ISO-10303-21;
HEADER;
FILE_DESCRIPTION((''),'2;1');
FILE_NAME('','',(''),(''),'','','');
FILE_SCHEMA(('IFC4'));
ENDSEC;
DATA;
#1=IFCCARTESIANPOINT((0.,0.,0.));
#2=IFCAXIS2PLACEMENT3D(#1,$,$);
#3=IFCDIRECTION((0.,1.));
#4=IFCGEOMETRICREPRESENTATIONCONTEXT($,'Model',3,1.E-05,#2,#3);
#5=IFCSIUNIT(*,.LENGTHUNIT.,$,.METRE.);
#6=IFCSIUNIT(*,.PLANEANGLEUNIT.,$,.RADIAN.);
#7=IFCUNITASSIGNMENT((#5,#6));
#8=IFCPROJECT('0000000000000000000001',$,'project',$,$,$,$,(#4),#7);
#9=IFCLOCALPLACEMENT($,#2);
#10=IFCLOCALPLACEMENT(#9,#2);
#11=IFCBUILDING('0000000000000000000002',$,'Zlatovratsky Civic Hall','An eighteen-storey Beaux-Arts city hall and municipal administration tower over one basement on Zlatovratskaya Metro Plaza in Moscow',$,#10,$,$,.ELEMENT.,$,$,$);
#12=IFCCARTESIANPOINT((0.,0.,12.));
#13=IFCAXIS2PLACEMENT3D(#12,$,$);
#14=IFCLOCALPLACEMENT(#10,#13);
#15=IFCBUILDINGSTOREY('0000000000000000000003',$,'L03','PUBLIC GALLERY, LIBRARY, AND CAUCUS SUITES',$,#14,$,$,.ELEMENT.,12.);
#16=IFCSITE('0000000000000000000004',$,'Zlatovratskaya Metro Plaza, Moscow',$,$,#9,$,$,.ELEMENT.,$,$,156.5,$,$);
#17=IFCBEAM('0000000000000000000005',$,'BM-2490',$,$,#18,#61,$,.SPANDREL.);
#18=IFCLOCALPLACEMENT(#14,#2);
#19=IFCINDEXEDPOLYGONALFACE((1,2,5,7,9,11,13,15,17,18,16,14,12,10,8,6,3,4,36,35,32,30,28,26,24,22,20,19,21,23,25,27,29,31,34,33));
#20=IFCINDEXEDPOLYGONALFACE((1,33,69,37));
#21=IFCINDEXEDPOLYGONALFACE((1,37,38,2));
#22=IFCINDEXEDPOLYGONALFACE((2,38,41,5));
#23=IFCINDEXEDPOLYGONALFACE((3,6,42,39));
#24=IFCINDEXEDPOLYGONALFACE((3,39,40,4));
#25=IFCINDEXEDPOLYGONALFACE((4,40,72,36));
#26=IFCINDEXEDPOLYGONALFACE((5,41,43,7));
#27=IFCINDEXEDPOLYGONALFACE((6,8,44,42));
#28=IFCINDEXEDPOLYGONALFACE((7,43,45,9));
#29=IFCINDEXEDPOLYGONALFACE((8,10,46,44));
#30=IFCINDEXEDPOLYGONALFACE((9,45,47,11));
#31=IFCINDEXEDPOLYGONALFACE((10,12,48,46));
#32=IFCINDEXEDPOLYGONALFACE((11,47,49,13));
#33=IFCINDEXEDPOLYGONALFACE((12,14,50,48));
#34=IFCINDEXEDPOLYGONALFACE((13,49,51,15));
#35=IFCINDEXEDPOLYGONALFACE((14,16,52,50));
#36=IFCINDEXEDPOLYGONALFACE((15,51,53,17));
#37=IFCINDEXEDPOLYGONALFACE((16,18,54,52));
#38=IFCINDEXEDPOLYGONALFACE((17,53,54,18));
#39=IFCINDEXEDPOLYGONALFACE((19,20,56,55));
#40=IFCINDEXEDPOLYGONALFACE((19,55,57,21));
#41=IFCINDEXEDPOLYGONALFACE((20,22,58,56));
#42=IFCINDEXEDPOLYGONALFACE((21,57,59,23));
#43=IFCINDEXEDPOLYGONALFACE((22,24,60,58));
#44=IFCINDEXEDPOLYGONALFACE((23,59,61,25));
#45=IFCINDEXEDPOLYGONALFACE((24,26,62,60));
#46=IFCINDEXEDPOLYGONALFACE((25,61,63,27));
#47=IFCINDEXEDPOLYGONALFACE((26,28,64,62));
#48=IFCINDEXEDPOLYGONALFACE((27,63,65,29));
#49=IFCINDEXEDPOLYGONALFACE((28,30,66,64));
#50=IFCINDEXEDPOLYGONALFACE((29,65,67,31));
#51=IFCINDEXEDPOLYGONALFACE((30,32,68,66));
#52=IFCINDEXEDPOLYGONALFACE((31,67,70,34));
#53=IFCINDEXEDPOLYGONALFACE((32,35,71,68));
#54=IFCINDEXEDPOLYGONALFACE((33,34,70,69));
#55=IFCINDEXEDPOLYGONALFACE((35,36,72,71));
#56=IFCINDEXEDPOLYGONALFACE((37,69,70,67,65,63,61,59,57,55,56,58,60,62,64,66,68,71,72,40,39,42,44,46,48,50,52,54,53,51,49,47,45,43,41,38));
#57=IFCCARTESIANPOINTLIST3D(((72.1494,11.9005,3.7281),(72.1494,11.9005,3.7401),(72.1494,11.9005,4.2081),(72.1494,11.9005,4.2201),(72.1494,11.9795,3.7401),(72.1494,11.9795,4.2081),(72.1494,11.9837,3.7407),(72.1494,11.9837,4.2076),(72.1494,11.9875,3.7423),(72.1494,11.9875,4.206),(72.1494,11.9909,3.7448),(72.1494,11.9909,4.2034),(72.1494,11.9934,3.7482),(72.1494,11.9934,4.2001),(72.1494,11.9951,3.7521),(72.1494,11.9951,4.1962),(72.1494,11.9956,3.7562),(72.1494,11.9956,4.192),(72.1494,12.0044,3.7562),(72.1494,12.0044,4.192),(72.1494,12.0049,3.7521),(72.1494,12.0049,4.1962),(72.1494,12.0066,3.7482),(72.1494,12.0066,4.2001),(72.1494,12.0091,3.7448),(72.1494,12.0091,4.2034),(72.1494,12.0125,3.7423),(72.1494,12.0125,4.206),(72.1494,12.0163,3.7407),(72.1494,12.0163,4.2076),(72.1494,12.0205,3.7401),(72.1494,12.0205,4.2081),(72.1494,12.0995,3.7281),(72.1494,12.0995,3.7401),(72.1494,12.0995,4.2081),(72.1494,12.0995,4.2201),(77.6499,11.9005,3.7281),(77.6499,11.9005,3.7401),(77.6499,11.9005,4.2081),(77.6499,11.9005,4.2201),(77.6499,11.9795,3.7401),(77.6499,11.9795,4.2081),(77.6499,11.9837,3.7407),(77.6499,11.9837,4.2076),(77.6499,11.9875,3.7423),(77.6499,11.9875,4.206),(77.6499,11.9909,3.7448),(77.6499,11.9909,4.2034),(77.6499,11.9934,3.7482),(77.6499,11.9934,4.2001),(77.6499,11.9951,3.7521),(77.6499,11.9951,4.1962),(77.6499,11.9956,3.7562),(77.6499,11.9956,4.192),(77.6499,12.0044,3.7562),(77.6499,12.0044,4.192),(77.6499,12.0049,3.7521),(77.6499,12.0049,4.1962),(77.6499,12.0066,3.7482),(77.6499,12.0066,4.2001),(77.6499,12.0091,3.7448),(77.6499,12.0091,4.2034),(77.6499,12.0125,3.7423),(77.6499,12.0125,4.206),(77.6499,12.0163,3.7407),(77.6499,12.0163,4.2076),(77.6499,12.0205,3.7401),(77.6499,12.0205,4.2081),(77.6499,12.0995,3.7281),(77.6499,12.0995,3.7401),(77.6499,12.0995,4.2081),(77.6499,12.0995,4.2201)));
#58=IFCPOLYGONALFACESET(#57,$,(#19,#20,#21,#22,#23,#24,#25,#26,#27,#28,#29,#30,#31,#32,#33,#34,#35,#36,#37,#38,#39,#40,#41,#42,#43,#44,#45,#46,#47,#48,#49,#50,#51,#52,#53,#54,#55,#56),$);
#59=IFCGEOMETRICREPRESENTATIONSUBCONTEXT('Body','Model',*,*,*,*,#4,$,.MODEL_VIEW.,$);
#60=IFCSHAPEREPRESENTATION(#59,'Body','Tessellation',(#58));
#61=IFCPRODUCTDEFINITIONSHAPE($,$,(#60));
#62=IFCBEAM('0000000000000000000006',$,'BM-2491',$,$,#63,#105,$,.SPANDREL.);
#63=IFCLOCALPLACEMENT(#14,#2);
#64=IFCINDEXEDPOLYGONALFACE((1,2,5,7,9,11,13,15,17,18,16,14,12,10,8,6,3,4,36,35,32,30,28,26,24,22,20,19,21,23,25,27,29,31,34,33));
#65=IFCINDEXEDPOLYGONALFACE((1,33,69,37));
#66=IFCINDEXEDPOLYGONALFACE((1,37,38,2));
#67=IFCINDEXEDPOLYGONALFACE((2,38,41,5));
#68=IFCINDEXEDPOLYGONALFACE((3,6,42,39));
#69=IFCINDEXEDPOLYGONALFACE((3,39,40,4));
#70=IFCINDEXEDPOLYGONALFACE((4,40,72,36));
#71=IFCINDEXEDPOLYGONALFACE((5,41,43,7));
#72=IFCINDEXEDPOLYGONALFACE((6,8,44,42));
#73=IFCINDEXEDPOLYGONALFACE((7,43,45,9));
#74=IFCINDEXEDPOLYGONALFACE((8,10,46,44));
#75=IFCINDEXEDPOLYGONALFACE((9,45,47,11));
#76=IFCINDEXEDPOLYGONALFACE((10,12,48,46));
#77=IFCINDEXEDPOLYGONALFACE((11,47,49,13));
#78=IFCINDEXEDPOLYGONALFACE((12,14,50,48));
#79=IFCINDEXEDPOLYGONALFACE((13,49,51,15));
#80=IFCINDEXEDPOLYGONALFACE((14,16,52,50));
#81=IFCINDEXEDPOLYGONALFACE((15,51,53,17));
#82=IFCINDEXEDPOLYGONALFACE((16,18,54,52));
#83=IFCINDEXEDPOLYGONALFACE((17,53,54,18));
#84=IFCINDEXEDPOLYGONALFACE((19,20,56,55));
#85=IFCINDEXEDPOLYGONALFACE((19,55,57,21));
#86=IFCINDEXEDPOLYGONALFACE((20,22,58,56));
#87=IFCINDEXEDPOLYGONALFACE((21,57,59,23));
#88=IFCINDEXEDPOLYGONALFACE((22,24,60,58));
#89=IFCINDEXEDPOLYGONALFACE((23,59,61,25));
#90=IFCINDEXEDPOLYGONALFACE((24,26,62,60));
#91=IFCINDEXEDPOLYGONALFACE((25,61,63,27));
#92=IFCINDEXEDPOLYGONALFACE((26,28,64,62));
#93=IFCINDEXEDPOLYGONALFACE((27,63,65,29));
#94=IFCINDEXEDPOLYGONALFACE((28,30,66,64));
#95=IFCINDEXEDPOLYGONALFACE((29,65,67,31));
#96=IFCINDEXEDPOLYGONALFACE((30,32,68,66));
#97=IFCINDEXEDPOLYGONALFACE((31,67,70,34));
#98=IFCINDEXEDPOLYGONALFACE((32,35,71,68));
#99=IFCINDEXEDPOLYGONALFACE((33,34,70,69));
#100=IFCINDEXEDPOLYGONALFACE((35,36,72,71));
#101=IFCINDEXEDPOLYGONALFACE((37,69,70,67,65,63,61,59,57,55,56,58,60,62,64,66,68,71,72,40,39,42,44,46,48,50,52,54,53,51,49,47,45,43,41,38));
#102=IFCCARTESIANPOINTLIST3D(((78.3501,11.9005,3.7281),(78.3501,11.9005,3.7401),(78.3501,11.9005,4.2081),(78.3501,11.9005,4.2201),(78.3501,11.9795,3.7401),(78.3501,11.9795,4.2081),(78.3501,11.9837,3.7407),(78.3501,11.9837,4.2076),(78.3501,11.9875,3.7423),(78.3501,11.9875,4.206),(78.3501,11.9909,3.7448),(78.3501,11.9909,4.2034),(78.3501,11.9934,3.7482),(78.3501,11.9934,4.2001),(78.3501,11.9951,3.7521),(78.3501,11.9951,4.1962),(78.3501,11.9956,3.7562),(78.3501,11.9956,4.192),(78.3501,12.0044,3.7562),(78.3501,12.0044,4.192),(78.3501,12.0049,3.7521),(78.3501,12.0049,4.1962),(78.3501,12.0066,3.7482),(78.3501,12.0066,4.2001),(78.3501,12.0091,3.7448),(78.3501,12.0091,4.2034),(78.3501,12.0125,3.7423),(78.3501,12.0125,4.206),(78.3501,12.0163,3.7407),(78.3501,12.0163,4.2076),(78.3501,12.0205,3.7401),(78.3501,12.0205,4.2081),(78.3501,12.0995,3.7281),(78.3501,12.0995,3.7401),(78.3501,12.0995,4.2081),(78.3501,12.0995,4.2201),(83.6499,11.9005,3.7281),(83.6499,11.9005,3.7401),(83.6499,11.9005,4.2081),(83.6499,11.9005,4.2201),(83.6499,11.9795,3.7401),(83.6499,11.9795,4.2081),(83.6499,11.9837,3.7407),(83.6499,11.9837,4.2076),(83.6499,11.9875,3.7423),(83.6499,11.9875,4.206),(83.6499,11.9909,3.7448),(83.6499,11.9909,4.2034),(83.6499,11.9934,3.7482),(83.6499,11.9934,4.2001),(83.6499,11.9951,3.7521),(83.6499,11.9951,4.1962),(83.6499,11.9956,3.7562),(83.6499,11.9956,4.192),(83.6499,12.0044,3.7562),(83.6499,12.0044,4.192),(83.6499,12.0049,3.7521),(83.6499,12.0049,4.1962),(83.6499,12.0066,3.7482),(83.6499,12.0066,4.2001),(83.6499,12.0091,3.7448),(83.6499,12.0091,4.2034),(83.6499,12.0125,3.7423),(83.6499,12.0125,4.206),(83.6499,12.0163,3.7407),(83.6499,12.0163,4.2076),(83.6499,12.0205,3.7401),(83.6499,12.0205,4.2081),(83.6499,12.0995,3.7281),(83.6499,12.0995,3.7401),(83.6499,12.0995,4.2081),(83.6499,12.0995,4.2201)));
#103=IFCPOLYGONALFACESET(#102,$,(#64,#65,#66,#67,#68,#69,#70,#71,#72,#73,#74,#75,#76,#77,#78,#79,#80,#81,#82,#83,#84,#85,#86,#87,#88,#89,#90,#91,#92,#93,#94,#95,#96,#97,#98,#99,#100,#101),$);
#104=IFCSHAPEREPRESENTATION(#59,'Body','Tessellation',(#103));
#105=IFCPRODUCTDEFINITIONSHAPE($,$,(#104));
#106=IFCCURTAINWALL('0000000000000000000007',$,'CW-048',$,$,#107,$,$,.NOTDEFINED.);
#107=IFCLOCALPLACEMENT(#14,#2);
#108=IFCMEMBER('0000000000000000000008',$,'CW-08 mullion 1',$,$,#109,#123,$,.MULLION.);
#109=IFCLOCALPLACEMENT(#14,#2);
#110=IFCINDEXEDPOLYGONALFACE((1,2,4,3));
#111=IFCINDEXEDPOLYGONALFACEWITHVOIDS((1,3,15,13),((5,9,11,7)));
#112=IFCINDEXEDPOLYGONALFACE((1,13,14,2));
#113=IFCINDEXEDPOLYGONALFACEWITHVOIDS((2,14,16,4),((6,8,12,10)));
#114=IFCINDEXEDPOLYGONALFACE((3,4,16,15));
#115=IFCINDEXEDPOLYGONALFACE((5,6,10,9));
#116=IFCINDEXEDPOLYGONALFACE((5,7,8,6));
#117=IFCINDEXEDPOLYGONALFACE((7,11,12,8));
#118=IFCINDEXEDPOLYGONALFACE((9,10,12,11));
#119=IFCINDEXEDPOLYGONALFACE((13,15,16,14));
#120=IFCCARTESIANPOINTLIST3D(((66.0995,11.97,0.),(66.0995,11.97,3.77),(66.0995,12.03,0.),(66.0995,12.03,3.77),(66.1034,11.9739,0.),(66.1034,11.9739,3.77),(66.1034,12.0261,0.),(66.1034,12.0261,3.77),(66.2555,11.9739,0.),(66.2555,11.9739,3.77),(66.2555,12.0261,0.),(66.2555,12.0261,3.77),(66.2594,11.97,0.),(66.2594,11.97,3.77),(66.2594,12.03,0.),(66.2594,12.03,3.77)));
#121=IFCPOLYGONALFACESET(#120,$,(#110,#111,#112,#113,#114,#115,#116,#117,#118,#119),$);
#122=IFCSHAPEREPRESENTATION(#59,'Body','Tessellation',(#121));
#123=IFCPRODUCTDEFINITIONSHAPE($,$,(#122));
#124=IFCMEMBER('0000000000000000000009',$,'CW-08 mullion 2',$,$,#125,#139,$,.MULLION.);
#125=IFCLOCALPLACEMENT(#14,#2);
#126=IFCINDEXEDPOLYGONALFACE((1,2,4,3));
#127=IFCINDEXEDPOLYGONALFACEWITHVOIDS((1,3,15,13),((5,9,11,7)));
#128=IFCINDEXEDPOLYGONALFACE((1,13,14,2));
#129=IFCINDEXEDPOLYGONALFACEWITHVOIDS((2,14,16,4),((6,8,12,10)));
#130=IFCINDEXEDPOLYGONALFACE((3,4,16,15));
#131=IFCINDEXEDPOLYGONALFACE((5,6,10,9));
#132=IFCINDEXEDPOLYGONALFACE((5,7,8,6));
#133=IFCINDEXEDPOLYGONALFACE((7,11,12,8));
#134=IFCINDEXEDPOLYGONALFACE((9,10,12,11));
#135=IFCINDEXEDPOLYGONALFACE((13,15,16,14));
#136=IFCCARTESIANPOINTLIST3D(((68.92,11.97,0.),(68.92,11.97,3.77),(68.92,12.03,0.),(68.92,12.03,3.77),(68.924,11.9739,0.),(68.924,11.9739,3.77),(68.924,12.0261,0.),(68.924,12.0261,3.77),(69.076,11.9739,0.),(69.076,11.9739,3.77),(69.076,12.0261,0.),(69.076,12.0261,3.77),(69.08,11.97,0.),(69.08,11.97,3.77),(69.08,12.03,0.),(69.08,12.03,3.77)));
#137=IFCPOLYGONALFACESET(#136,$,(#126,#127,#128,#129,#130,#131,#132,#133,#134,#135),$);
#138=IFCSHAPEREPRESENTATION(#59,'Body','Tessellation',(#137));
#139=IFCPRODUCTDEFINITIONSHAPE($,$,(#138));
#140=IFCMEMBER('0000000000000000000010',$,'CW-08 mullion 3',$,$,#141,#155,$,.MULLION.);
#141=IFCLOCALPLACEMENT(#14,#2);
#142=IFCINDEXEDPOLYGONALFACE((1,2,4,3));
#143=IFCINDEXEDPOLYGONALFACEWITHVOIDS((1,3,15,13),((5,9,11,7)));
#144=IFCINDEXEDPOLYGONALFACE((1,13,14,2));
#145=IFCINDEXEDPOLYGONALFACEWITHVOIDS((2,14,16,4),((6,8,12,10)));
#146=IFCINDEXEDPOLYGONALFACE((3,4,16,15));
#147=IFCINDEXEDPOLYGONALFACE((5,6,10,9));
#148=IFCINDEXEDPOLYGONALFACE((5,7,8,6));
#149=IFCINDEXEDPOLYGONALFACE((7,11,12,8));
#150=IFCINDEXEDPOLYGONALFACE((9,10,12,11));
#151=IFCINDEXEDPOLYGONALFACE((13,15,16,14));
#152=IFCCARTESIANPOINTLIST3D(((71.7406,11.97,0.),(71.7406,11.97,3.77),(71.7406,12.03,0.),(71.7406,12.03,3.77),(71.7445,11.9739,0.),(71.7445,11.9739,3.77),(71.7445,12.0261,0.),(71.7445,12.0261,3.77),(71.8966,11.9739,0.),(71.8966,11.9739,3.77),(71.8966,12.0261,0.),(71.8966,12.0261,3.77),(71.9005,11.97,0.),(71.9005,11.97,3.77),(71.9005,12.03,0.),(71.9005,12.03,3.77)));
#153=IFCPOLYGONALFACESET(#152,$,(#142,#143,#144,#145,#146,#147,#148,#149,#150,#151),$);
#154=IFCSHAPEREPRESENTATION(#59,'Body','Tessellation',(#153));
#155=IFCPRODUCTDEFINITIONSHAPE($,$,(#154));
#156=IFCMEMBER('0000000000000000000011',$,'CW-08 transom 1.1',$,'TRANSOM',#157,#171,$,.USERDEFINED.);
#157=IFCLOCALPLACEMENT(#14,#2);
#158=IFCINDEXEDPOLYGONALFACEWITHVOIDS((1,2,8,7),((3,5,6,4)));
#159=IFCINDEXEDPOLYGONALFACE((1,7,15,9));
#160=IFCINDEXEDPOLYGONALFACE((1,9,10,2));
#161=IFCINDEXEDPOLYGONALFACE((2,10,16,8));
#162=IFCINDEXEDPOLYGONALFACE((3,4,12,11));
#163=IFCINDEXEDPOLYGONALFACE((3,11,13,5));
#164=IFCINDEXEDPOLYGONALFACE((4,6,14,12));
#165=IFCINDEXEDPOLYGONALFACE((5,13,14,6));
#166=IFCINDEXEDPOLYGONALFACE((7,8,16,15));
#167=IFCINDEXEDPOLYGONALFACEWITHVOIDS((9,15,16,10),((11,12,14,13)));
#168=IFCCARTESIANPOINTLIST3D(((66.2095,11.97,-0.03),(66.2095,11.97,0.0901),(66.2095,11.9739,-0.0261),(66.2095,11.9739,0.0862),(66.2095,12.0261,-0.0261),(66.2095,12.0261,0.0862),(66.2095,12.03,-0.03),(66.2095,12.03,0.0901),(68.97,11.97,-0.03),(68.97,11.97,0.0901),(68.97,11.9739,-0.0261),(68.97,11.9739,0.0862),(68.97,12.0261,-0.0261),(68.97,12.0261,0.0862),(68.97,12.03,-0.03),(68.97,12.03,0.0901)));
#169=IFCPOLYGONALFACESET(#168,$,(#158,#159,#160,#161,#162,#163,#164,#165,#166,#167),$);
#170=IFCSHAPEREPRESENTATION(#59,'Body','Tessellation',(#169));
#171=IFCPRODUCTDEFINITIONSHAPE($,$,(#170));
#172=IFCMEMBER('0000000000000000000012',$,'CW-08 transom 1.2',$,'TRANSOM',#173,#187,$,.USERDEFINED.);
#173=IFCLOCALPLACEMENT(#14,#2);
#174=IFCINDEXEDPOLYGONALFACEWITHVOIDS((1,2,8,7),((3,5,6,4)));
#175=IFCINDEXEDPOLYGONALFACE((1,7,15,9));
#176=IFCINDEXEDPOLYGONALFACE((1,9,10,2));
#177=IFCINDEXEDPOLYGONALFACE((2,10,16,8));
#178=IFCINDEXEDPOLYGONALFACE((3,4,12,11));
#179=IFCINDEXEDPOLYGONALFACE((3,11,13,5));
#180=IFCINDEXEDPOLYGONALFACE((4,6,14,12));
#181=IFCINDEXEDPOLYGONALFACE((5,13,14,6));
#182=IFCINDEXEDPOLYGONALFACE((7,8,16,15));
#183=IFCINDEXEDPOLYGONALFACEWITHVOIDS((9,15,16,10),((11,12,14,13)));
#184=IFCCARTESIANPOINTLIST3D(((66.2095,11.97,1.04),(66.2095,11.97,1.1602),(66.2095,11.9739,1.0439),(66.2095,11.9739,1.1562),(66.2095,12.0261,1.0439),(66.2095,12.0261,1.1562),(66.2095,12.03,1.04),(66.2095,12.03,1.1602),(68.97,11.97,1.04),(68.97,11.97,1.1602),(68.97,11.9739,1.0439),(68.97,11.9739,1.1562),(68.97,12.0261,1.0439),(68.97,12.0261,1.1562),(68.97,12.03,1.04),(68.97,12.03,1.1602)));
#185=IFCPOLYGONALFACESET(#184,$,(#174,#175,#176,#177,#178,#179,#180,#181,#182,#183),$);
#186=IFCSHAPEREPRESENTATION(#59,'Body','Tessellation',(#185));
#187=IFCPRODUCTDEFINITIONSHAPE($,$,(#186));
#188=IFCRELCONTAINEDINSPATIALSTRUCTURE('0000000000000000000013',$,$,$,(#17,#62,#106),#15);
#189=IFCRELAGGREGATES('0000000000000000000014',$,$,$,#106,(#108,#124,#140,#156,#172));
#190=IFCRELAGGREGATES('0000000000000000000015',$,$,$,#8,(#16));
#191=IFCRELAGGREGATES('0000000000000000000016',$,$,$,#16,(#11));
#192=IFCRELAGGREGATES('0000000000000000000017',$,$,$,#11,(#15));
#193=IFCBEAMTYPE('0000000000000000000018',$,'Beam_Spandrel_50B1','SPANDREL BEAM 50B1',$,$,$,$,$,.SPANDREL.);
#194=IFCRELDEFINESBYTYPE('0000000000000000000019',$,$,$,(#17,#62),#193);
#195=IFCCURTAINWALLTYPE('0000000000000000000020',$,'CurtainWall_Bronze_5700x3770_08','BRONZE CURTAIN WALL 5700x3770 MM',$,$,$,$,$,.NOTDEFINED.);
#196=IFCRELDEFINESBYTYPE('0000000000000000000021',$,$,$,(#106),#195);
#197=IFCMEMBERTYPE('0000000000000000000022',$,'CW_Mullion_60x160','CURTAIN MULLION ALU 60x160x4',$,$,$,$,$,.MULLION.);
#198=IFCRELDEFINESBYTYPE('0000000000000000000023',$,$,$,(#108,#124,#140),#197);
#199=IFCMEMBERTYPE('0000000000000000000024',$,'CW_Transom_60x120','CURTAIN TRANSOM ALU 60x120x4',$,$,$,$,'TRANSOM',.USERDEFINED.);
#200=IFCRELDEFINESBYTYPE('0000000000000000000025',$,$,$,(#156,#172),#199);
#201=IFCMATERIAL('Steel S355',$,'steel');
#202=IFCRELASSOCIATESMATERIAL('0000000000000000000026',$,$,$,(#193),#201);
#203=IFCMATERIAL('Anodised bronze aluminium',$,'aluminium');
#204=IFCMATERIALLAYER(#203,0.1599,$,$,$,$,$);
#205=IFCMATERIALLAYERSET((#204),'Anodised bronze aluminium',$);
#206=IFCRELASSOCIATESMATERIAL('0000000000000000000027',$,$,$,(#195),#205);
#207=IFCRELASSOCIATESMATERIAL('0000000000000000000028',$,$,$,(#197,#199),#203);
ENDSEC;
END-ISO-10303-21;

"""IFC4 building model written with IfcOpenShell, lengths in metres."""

from ifc_helpers import new_model, si_unit, direction, frame, origin, origin_2d, place, context, subcontext, project, spatial, hollow_rectangle, i_section, extrude, material, layer, layer_set, material_profile, profile_set, type_object, element, aggregate, save


model = new_model("IFC4")

# Units and contexts
model_context = context("Model", 3, precision=1e-05, world=origin(), true_north=direction((0.0, 1.0)))
body_context = subcontext(model_context, "Body", "Model", "MODEL_VIEW")
ifc_project = project(units=[si_unit("LENGTHUNIT", "METRE"), si_unit("PLANEANGLEUNIT", "RADIAN")], contexts=[model_context])

# Site, building, storey
site_placement = place(None, origin())
site = spatial("IfcSite", under=ifc_project, at=site_placement, Name="Zlatovratskaya Metro Plaza, Moscow", CompositionType="ELEMENT", RefElevation=156.5)
building_placement = place(site_placement, origin())
building = spatial("IfcBuilding", under=site, at=building_placement, Name="Zlatovratsky Civic Hall", Description="An eighteen-storey Beaux-Arts city hall and municipal administration tower over one basement on Zlatovratskaya Metro Plaza in Moscow", CompositionType="ELEMENT")
storey_placement = place(building_placement, frame((0.0, 0.0, 12.0)))
storey = spatial("IfcBuildingStorey", under=building, at=storey_placement, Name="L03", Description="PUBLIC GALLERY, LIBRARY, AND CAUCUS SUITES", CompositionType="ELEMENT", Elevation=12.0)

# Shared definitions
ifc_material_1 = material(Name="Steel S355", Category="steel")

# Beams
ifc_material_profile_1 = material_profile(ifc_material_1, i_section(OverallWidth=0.199, OverallDepth=0.4919, WebThickness=0.0088, FlangeThickness=0.012, FilletRadius=0.0161, at=origin_2d()), Name="50B1")
ifc_profile_set_1 = profile_set([ifc_material_profile_1], Name="Steel S355")
beam_type_1 = type_object("IfcBeamType", Name="Beam_Spandrel_50B1", Description="SPANDREL BEAM 50B1", PredefinedType="SPANDREL", material=ifc_profile_set_1)
beam_1_placement = place(storey_placement, frame((72.1494, 12.0, 3.9741), z_axis=(1.0, 0.0, 0.0), x_axis=(0.0, 1.0, 0.0)))
element("IfcBeam", 1, at=beam_1_placement, inside=storey, type_object=beam_type_1, Name="BM-2490", PredefinedType="SPANDREL", context=body_context, shape_type="SweptSolid", body=[
    extrude(i_section(OverallWidth=0.199, OverallDepth=0.4919, WebThickness=0.0088, FlangeThickness=0.012, FilletRadius=0.0161, at=origin_2d()), origin(), (0.0, 0.0, 1.0), 5.5005),
])
beam_2_placement = place(storey_placement, frame((78.3501, 12.0, 3.9741), z_axis=(1.0, 0.0, 0.0), x_axis=(0.0, 1.0, 0.0)))
element("IfcBeam", 2, at=beam_2_placement, inside=storey, type_object=beam_type_1, Name="BM-2491", PredefinedType="SPANDREL", context=body_context, shape_type="SweptSolid", body=[
    extrude(i_section(OverallWidth=0.199, OverallDepth=0.4919, WebThickness=0.0088, FlangeThickness=0.012, FilletRadius=0.0161, at=origin_2d()), origin(), (0.0, 0.0, 1.0), 5.2998),
])

# Curtain wall, members
ifc_material_2 = material(Name="Anodised bronze aluminium", Category="aluminium")
ifc_layer_1 = layer(ifc_material_2, 0.1599)
ifc_layer_set_1 = layer_set([ifc_layer_1], Name="Anodised bronze aluminium")
curtain_wall_type = type_object("IfcCurtainWallType", Name="CurtainWall_Bronze_5700x3770_08", Description="BRONZE CURTAIN WALL 5700x3770 MM", PredefinedType="NOTDEFINED", material=ifc_layer_set_1)
curtain_wall_placement = place(storey_placement, origin())
curtain_wall = element("IfcCurtainWall", 3, at=curtain_wall_placement, inside=storey, type_object=curtain_wall_type, Name="CW-048", PredefinedType="NOTDEFINED")
ifc_material_profile_2 = material_profile(ifc_material_2, hollow_rectangle(XDim=0.0601, YDim=0.1599, WallThickness=0.0039, at=origin_2d()), Name="ALU 60x160x4")
ifc_profile_set_2 = profile_set([ifc_material_profile_2], Name="Anodised bronze aluminium")
member_type_1 = type_object("IfcMemberType", Name="CW_Mullion_60x160", Description="CURTAIN MULLION ALU 60x160x4", PredefinedType="MULLION", material=ifc_profile_set_2)
member_1_placement = place(storey_placement, frame((66.1794, 12.0, 0.0), z_axis=(0.0, 0.0, 1.0), x_axis=(0.0, 1.0, 0.0)))
member_1 = element("IfcMember", 4, at=member_1_placement, type_object=member_type_1, Name="CW-08 mullion 1", PredefinedType="MULLION", context=body_context, shape_type="SweptSolid", body=[
    extrude(hollow_rectangle(XDim=0.0601, YDim=0.1599, WallThickness=0.0039, at=origin_2d()), origin(), (0.0, 0.0, 1.0), 3.77),
])
member_2_placement = place(storey_placement, frame((69.0, 12.0, 0.0), z_axis=(0.0, 0.0, 1.0), x_axis=(0.0, 1.0, 0.0)))
member_2 = element("IfcMember", 5, at=member_2_placement, type_object=member_type_1, Name="CW-08 mullion 2", PredefinedType="MULLION", context=body_context, shape_type="SweptSolid", body=[
    extrude(hollow_rectangle(XDim=0.0601, YDim=0.1599, WallThickness=0.0039, at=origin_2d()), origin(), (0.0, 0.0, 1.0), 3.77),
])
member_3_placement = place(storey_placement, frame((71.8206, 12.0, 0.0), z_axis=(0.0, 0.0, 1.0), x_axis=(0.0, 1.0, 0.0)))
member_3 = element("IfcMember", 6, at=member_3_placement, type_object=member_type_1, Name="CW-08 mullion 3", PredefinedType="MULLION", context=body_context, shape_type="SweptSolid", body=[
    extrude(hollow_rectangle(XDim=0.0601, YDim=0.1599, WallThickness=0.0039, at=origin_2d()), origin(), (0.0, 0.0, 1.0), 3.77),
])
ifc_material_profile_3 = material_profile(ifc_material_2, hollow_rectangle(XDim=0.0601, YDim=0.1201, WallThickness=0.0039, at=origin_2d()), Name="ALU 60x120x4")
ifc_profile_set_3 = profile_set([ifc_material_profile_3], Name="Anodised bronze aluminium")
member_type_2 = type_object("IfcMemberType", Name="CW_Transom_60x120", Description="CURTAIN TRANSOM ALU 60x120x4", ElementType="TRANSOM", PredefinedType="USERDEFINED", material=ifc_profile_set_3)
member_4_placement = place(storey_placement, frame((66.2095, 12.0, 0.03), z_axis=(1.0, 0.0, 0.0), x_axis=(0.0, 1.0, 0.0)))
member_4 = element("IfcMember", 7, at=member_4_placement, type_object=member_type_2, Name="CW-08 transom 1.1", ObjectType="TRANSOM", PredefinedType="USERDEFINED", context=body_context, shape_type="SweptSolid", body=[
    extrude(hollow_rectangle(XDim=0.0601, YDim=0.1201, WallThickness=0.0039, at=origin_2d()), origin(), (0.0, 0.0, 1.0), 2.7605),
])
member_5_placement = place(storey_placement, frame((66.2095, 12.0, 1.1001), z_axis=(1.0, 0.0, 0.0), x_axis=(0.0, 1.0, 0.0)))
member_5 = element("IfcMember", 8, at=member_5_placement, type_object=member_type_2, Name="CW-08 transom 1.2", ObjectType="TRANSOM", PredefinedType="USERDEFINED", context=body_context, shape_type="SweptSolid", body=[
    extrude(hollow_rectangle(XDim=0.0601, YDim=0.1201, WallThickness=0.0039, at=origin_2d()), origin(), (0.0, 0.0, 1.0), 2.7605),
])

aggregate(curtain_wall, [member_1, member_2, member_3, member_4, member_5])

save(model, "model.ifc")
